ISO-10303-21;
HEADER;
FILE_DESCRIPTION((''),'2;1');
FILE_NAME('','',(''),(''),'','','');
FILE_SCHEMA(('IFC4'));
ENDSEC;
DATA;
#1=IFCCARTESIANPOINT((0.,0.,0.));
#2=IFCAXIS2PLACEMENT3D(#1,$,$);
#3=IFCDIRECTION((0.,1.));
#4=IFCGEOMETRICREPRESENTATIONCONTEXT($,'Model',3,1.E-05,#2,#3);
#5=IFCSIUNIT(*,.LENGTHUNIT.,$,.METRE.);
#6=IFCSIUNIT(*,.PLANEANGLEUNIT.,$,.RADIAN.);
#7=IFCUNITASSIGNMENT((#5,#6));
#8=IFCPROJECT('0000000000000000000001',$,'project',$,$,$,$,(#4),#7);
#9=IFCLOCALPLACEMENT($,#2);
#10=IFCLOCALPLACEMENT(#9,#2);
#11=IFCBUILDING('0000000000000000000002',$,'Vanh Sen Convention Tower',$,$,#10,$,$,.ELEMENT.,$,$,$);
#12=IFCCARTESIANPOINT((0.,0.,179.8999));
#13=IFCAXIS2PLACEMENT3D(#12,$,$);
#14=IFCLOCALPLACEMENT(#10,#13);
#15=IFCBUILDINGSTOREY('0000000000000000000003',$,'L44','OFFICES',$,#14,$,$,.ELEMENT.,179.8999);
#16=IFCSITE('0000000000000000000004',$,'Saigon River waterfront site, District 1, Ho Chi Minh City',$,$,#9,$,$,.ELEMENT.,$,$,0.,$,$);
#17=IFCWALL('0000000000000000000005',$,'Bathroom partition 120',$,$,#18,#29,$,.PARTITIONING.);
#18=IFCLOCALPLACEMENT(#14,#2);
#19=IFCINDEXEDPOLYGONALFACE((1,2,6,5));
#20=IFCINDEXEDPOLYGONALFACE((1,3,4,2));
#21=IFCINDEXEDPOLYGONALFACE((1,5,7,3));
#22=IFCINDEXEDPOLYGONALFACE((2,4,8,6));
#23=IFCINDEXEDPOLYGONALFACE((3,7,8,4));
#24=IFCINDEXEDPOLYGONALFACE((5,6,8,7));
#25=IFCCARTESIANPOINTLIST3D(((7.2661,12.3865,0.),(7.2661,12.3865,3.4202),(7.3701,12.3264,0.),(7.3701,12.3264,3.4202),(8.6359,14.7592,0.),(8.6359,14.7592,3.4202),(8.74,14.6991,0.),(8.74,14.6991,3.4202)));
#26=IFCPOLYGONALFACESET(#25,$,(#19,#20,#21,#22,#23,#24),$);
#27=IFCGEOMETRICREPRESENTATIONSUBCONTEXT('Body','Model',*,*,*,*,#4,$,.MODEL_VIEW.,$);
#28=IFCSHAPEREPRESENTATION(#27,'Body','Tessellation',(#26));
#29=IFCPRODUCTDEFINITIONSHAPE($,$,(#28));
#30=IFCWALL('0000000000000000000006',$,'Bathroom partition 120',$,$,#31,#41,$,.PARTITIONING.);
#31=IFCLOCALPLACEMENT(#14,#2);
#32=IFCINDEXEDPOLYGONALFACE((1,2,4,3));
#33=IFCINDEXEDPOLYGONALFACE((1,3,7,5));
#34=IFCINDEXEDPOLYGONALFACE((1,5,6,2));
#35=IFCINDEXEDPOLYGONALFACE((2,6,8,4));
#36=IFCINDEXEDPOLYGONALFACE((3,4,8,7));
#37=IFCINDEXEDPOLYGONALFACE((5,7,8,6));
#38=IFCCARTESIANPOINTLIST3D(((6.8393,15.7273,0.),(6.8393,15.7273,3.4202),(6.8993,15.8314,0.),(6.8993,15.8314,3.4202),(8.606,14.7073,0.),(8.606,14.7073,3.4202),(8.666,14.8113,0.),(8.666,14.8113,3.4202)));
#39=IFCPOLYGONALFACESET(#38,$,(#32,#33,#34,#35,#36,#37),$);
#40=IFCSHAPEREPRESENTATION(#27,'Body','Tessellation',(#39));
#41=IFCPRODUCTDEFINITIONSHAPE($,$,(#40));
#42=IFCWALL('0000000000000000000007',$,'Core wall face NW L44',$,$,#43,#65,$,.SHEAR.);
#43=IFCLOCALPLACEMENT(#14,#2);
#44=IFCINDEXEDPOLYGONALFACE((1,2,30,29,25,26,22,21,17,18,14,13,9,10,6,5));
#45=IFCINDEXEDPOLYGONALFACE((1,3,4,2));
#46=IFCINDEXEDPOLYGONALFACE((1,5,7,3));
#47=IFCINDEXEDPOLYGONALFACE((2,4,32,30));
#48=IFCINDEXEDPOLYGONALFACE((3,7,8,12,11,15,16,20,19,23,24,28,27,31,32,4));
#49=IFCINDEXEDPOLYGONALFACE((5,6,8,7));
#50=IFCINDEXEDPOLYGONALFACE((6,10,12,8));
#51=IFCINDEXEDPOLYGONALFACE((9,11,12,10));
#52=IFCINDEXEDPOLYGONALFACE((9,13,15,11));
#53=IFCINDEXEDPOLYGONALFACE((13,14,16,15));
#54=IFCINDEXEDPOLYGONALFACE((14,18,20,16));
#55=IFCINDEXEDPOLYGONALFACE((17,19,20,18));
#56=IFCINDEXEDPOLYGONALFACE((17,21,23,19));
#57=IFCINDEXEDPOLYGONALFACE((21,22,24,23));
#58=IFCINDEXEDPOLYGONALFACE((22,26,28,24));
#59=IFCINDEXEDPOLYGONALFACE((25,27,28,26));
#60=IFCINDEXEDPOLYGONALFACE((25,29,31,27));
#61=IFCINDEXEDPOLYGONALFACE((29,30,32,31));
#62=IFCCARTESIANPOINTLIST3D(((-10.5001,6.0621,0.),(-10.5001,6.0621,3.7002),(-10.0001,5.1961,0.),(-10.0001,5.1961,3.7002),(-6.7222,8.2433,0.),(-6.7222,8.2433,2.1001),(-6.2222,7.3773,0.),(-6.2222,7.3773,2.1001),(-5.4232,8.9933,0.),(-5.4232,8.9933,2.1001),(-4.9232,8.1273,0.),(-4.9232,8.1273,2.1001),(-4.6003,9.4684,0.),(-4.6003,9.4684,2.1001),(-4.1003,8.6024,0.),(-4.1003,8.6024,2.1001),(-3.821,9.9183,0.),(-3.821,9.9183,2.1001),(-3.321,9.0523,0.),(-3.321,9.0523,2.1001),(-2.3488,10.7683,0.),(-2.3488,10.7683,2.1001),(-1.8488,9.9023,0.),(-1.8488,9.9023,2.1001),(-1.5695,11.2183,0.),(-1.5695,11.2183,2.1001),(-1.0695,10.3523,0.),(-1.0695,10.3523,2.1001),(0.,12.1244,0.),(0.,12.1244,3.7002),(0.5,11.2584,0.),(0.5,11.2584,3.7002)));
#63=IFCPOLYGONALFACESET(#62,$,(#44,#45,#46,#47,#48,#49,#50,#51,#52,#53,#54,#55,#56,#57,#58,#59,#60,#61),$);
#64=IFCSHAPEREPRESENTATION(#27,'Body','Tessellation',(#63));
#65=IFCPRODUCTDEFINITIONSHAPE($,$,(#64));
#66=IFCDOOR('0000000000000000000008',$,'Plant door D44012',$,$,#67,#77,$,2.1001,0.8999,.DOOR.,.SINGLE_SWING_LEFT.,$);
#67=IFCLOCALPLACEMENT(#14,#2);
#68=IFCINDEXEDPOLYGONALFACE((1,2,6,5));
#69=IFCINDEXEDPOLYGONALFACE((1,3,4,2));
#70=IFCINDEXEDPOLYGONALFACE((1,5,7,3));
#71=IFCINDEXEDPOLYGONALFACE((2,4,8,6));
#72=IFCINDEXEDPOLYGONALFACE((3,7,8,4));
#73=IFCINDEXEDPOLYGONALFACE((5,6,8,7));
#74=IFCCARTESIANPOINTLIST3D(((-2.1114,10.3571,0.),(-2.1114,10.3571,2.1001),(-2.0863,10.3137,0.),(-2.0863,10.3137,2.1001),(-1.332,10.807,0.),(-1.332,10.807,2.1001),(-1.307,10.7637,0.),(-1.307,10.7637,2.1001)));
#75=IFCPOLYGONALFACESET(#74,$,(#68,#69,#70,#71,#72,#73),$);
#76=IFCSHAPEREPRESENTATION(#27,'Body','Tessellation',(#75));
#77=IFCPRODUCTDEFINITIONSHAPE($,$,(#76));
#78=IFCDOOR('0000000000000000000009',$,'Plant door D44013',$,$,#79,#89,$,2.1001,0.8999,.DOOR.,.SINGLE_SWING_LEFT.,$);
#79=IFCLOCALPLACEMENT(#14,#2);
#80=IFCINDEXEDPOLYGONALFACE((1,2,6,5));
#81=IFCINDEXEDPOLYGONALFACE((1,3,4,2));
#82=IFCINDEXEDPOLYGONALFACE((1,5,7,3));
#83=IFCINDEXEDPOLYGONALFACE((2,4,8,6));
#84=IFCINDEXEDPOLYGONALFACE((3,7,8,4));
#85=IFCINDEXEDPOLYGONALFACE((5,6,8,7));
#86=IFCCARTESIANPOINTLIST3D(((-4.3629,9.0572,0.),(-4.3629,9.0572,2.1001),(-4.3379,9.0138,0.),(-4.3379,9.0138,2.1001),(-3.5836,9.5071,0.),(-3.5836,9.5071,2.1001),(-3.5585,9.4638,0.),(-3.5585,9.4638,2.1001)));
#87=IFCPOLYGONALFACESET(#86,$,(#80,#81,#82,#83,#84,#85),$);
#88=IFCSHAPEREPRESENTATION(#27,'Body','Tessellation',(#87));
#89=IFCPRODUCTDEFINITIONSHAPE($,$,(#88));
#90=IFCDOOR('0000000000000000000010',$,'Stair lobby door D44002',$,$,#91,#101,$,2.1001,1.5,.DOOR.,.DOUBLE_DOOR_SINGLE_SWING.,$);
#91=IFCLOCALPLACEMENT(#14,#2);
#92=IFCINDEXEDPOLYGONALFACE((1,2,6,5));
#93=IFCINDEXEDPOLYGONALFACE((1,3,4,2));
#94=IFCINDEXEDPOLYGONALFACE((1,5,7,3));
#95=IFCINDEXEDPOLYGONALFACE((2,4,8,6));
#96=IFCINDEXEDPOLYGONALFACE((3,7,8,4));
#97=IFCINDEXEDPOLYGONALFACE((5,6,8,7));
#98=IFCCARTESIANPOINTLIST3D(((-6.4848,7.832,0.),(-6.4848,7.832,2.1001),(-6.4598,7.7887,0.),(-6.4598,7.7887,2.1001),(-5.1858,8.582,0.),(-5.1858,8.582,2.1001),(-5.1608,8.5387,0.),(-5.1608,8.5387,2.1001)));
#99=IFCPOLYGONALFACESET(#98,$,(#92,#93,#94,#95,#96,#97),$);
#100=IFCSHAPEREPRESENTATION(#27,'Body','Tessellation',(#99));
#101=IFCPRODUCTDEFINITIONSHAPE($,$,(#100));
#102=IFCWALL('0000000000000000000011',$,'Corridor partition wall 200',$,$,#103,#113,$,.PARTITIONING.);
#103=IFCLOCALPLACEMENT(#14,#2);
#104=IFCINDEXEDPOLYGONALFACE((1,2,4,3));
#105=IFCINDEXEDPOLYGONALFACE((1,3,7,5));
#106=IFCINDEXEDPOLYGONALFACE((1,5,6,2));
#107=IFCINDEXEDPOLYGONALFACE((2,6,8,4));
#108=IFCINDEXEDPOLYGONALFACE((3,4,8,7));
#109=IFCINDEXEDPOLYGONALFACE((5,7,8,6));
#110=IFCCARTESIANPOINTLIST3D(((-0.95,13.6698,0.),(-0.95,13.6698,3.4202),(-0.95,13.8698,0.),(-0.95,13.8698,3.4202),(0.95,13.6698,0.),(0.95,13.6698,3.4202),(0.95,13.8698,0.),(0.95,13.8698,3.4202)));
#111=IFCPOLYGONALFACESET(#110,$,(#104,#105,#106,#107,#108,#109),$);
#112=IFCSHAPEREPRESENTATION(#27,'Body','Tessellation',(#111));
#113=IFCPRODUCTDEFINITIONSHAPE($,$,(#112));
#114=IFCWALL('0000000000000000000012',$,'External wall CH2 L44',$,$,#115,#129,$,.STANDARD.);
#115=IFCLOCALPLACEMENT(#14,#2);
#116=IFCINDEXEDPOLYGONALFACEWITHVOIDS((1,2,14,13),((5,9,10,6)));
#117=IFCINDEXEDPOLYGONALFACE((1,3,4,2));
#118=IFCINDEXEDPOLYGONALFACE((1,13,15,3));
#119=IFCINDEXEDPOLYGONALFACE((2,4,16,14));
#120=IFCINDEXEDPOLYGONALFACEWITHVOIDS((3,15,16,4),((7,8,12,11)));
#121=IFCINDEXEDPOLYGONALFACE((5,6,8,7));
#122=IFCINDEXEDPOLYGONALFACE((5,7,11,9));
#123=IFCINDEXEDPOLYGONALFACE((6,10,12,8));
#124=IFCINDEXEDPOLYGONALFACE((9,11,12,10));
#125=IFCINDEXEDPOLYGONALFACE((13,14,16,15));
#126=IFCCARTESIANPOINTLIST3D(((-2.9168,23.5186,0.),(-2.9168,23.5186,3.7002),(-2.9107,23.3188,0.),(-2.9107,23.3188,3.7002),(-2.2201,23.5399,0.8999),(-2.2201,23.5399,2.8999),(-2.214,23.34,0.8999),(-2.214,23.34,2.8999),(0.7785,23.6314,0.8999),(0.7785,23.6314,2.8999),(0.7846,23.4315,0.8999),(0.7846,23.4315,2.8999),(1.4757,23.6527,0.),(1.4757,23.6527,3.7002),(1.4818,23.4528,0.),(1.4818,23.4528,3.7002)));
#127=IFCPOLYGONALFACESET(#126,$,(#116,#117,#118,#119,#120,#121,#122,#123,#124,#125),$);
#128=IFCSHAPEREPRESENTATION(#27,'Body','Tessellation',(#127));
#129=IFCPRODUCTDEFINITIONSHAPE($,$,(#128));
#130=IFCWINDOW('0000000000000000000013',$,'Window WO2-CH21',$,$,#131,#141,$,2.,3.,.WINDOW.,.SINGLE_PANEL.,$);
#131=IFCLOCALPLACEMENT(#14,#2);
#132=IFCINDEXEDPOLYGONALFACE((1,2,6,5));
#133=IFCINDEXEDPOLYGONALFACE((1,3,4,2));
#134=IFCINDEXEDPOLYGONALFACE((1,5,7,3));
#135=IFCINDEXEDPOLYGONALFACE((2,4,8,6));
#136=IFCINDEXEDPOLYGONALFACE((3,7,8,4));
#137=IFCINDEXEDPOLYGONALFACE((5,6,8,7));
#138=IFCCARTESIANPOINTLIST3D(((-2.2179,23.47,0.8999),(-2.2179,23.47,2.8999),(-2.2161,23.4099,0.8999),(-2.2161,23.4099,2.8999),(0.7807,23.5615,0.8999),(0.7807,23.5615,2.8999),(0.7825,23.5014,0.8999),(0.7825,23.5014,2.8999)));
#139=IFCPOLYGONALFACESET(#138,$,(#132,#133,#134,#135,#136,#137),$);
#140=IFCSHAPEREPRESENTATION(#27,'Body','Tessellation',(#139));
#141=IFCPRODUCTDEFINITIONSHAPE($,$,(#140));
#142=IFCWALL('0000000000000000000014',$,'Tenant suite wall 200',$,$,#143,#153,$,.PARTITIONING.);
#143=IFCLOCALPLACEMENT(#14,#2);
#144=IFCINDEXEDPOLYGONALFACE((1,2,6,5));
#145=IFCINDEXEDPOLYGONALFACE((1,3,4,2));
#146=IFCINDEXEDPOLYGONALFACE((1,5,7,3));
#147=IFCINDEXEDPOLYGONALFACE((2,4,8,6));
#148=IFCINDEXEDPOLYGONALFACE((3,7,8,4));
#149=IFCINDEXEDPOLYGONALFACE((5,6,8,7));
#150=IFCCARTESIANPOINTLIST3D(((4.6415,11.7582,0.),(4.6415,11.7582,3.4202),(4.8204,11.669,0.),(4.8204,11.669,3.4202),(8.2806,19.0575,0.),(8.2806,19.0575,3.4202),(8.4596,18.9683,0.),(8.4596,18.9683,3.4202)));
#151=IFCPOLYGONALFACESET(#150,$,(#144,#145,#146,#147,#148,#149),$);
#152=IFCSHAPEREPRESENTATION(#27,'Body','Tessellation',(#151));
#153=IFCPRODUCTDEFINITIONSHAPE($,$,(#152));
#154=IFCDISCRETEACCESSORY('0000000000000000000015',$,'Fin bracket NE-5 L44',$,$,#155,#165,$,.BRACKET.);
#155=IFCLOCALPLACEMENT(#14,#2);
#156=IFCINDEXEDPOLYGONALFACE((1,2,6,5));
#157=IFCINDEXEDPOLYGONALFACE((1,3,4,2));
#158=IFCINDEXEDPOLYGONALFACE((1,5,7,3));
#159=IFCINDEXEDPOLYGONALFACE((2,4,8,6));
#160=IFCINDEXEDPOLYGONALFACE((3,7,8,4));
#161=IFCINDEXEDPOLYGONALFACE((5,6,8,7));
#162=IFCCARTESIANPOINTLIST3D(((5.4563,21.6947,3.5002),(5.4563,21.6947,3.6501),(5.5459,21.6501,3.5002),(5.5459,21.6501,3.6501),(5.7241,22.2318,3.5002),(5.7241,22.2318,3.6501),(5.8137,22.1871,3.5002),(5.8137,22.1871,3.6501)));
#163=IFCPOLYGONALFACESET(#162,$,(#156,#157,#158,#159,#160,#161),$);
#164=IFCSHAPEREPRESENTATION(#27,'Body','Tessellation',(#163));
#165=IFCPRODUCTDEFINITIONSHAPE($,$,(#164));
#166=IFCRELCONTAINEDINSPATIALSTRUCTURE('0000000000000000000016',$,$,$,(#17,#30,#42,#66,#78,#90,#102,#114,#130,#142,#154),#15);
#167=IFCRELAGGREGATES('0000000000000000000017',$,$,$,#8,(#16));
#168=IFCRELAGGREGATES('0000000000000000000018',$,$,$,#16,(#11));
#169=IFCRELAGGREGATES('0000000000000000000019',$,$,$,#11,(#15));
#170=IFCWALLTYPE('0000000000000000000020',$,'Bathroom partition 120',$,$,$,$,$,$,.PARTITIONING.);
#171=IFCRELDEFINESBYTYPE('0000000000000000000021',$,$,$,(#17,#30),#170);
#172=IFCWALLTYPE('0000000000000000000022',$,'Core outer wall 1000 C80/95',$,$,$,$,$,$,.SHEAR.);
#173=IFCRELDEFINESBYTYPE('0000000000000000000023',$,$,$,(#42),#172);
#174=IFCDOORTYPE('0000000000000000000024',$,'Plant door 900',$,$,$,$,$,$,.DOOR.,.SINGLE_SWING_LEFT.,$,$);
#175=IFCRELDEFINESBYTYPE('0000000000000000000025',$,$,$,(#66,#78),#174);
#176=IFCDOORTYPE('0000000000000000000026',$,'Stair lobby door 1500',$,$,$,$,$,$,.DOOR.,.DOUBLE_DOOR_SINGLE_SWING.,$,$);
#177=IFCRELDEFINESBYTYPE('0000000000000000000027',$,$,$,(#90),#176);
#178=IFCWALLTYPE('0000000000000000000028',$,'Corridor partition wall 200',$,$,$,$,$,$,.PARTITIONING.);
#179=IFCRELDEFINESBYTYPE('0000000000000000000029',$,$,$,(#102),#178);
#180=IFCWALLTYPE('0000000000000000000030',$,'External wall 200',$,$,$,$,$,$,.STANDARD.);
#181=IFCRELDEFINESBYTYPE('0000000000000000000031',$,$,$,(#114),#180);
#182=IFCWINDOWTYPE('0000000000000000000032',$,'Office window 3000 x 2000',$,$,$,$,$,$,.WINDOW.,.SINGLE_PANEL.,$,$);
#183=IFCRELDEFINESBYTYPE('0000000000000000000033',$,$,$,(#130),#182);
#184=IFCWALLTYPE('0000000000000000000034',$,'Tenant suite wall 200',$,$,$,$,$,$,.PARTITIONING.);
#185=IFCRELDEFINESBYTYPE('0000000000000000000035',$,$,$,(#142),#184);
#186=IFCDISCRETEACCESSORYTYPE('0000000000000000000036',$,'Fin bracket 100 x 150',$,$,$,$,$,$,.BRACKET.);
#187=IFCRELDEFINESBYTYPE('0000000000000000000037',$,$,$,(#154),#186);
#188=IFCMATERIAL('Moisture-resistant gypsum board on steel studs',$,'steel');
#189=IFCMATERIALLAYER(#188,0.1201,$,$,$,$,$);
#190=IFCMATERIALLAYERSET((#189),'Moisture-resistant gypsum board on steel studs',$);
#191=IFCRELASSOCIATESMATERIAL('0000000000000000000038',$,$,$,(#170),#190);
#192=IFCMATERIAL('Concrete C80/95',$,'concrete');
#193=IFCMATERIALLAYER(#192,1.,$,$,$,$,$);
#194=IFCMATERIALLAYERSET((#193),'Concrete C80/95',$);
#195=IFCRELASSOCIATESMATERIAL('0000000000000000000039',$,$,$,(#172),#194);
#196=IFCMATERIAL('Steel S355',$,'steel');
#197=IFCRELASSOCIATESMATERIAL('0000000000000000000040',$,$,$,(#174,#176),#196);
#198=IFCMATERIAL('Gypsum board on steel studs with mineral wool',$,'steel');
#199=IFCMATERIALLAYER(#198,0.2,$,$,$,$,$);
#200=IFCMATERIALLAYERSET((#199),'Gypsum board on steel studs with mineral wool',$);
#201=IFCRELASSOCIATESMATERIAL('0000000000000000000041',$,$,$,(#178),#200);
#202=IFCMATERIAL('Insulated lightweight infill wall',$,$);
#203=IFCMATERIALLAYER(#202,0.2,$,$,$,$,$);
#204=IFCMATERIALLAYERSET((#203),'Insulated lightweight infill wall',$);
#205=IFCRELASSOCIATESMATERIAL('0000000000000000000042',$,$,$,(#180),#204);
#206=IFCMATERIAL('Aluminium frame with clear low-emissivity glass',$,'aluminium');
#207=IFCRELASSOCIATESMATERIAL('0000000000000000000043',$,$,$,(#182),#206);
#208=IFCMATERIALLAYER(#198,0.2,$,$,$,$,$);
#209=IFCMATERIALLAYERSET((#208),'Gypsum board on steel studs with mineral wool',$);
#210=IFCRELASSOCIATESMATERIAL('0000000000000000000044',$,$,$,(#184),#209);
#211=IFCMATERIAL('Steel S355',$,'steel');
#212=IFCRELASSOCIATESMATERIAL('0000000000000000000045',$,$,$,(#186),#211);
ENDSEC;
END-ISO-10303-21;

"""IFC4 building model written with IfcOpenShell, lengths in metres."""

from ifc_helpers import new_model, si_unit, direction, frame, frame_2d, origin, origin_2d, place, context, subcontext, project, spatial, rectangle, extrude, material, layer, layer_set, type_object, element, fill, save


model = new_model("IFC4")

# Units and contexts
model_context = context("Model", 3, precision=1e-05, world=origin(), true_north=direction((0.0, 1.0)))
body_context = subcontext(model_context, "Body", "Model", "MODEL_VIEW")
ifc_project = project(units=[si_unit("LENGTHUNIT", "METRE"), si_unit("PLANEANGLEUNIT", "RADIAN")], contexts=[model_context])

# Site, building, storey
site_placement = place(None, origin())
site = spatial("IfcSite", under=ifc_project, at=site_placement, Name="Saigon River waterfront site, District 1, Ho Chi Minh City", CompositionType="ELEMENT", RefElevation=0.0)
building_placement = place(site_placement, origin())
building = spatial("IfcBuilding", under=site, at=building_placement, Name="Vanh Sen Convention Tower", CompositionType="ELEMENT")
storey_placement = place(building_placement, frame((0.0, 0.0, 179.8999)))
storey = spatial("IfcBuildingStorey", under=building, at=storey_placement, Name="L44", Description="OFFICES", CompositionType="ELEMENT", Elevation=179.8999)

# Shared definitions
ifc_material_1 = material(Name="Concrete C80/95", Category="concrete")

# Walls
ifc_material_2 = material(Name="Moisture-resistant gypsum board on steel studs", Category="steel")
ifc_layer_1 = layer(ifc_material_2, 0.1201)
ifc_layer_set_1 = layer_set([ifc_layer_1], Name="Moisture-resistant gypsum board on steel studs")
wall_type_1 = type_object("IfcWallType", Name="Bathroom partition 120", PredefinedType="PARTITIONING", material=ifc_layer_set_1)
wall_1_placement = place(storey_placement, frame((7.3181, 12.3564, 0.0), z_axis=(0.0, 0.0, 1.0), x_axis=(0.499982, 0.866036, 0.0)))
element("IfcWall", 1, at=wall_1_placement, inside=storey, type_object=wall_type_1, Name="Bathroom partition 120", PredefinedType="PARTITIONING", context=body_context, shape_type="SweptSolid", body=[
    extrude(rectangle(XDim=2.7397, YDim=0.1201, at=frame_2d((1.3699, 0.0))), origin(), (0.0, 0.0, 1.0), 3.4202),
])
wall_2_placement = place(storey_placement, frame((8.636, 14.7593, 0.0), z_axis=(0.0, 0.0, 1.0), x_axis=(-0.86601, 0.500026, 0.0)))
element("IfcWall", 2, at=wall_2_placement, inside=storey, type_object=wall_type_1, Name="Bathroom partition 120", PredefinedType="PARTITIONING", context=body_context, shape_type="SweptSolid", body=[
    extrude(rectangle(XDim=2.04, YDim=0.1201, at=frame_2d((1.02, 0.0))), origin(), (0.0, 0.0, 1.0), 3.4202),
])

# Wall, openings, doors
ifc_layer_2 = layer(ifc_material_1, 1.0)
ifc_layer_set_2 = layer_set([ifc_layer_2], Name="Concrete C80/95")
wall_type_2 = type_object("IfcWallType", Name="Core outer wall 1000 C80/95", PredefinedType="SHEAR", material=ifc_layer_set_2)
wall_3_placement = place(storey_placement, frame((0.25, 11.6914, 0.0), z_axis=(0.0, 0.0, 1.0), x_axis=(-0.866023, -0.500005, 0.0)))
wall_3 = element("IfcWall", 3, at=wall_3_placement, inside=storey, type_object=wall_type_2, Name="Core wall face NW L44", PredefinedType="SHEAR", context=body_context, shape_type="SweptSolid", body=[
    extrude(rectangle(XDim=12.1245, YDim=1.0, at=frame_2d((6.0623, 0.0))), origin(), (0.0, 0.0, 1.0), 3.7002),
])
opening_1_placement = place(wall_3_placement, frame((6.2622, 0.0, 0.0)))
opening_1 = element("IfcOpeningElement", 4, at=opening_1_placement, cuts=wall_3, PredefinedType="OPENING", context=body_context, shape_type="SweptSolid", body=[
    extrude(rectangle(XDim=1.5, YDim=2.1001, at=frame_2d((0.75, 1.05))), frame((0.0, 0.51, 0.0), z_axis=(0.0, -1.0, 0.0), x_axis=(1.0, 0.0, 0.0)), (0.0, 0.0, 1.0), 1.02),
])
opening_2_placement = place(wall_3_placement, frame((1.8123, 0.0, 0.0)))
opening_2 = element("IfcOpeningElement", 5, at=opening_2_placement, cuts=wall_3, PredefinedType="OPENING", context=body_context, shape_type="SweptSolid", body=[
    extrude(rectangle(XDim=0.8999, YDim=2.1001, at=frame_2d((0.45, 1.05))), frame((0.0, 0.51, 0.0), z_axis=(0.0, -1.0, 0.0), x_axis=(1.0, 0.0, 0.0)), (0.0, 0.0, 1.0), 1.02),
])
opening_3_placement = place(wall_3_placement, frame((4.4121, 0.0, 0.0)))
opening_3 = element("IfcOpeningElement", 6, at=opening_3_placement, cuts=wall_3, PredefinedType="OPENING", context=body_context, shape_type="SweptSolid", body=[
    extrude(rectangle(XDim=0.8999, YDim=2.1001, at=frame_2d((0.45, 1.05))), frame((0.0, 0.51, 0.0), z_axis=(0.0, -1.0, 0.0), x_axis=(1.0, 0.0, 0.0)), (0.0, 0.0, 1.0), 1.02),
])
ifc_material_3 = material(Name="Steel S355", Category="steel")
door_type_1 = type_object("IfcDoorType", Name="Plant door 900", OperationType="SINGLE_SWING_LEFT", PredefinedType="DOOR", material=ifc_material_3)
door_1_placement = place(opening_2_placement, origin())
door_1 = element("IfcDoor", 7, at=door_1_placement, inside=storey, type_object=door_type_1, Name="Plant door D44012", OperationType="SINGLE_SWING_LEFT", OverallHeight=2.1001, OverallWidth=0.8999, PredefinedType="DOOR", context=body_context, shape_type="SweptSolid", body=[
    extrude(rectangle(XDim=0.8999, YDim=2.1001, at=frame_2d((0.45, 1.05))), frame((0.0, 0.0249, 0.0), z_axis=(0.0, -1.0, 0.0), x_axis=(1.0, 0.0, 0.0)), (0.0, 0.0, 1.0), 0.05),
])
fill(opening_2, door_1)
door_2_placement = place(opening_3_placement, origin())
door_2 = element("IfcDoor", 8, at=door_2_placement, inside=storey, type_object=door_type_1, Name="Plant door D44013", OperationType="SINGLE_SWING_LEFT", OverallHeight=2.1001, OverallWidth=0.8999, PredefinedType="DOOR", context=body_context, shape_type="SweptSolid", body=[
    extrude(rectangle(XDim=0.8999, YDim=2.1001, at=frame_2d((0.45, 1.05))), frame((0.0, 0.0249, 0.0), z_axis=(0.0, -1.0, 0.0), x_axis=(1.0, 0.0, 0.0)), (0.0, 0.0, 1.0), 0.05),
])
fill(opening_3, door_2)
door_type_2 = type_object("IfcDoorType", Name="Stair lobby door 1500", OperationType="DOUBLE_DOOR_SINGLE_SWING", PredefinedType="DOOR", material=ifc_material_3)
door_3_placement = place(opening_1_placement, origin())
door_3 = element("IfcDoor", 9, at=door_3_placement, inside=storey, type_object=door_type_2, Name="Stair lobby door D44002", OperationType="DOUBLE_DOOR_SINGLE_SWING", OverallHeight=2.1001, OverallWidth=1.5, PredefinedType="DOOR", context=body_context, shape_type="SweptSolid", body=[
    extrude(rectangle(XDim=1.5, YDim=2.1001, at=frame_2d((0.75, 1.05))), frame((0.0, 0.0249, 0.0), z_axis=(0.0, -1.0, 0.0), x_axis=(1.0, 0.0, 0.0)), (0.0, 0.0, 1.0), 0.05),
])
fill(opening_1, door_3)

# Wall
ifc_material_4 = material(Name="Gypsum board on steel studs with mineral wool", Category="steel")
ifc_layer_3 = layer(ifc_material_4, 0.2)
ifc_layer_set_3 = layer_set([ifc_layer_3], Name="Gypsum board on steel studs with mineral wool")
wall_type_3 = type_object("IfcWallType", Name="Corridor partition wall 200", PredefinedType="PARTITIONING", material=ifc_layer_set_3)
wall_4_placement = place(storey_placement, frame((0.95, 13.7698, 0.0), z_axis=(0.0, 0.0, 1.0), x_axis=(-1.0, 0.0, 0.0)))
element("IfcWall", 10, at=wall_4_placement, inside=storey, type_object=wall_type_3, Name="Corridor partition wall 200", PredefinedType="PARTITIONING", context=body_context, shape_type="SweptSolid", body=[
    extrude(rectangle(XDim=1.8999, YDim=0.2, at=frame_2d((0.95, 0.0))), origin(), (0.0, 0.0, 1.0), 3.4202),
])

# Wall, opening, window
ifc_material_5 = material(Name="Insulated lightweight infill wall")
ifc_layer_4 = layer(ifc_material_5, 0.2)
ifc_layer_set_4 = layer_set([ifc_layer_4], Name="Insulated lightweight infill wall")
wall_type_4 = type_object("IfcWallType", Name="External wall 200", PredefinedType="STANDARD", material=ifc_layer_set_4)
wall_5_placement = place(storey_placement, frame((1.4788, 23.5527, 0.0), z_axis=(0.0, 0.0, 1.0), x_axis=(-0.999535, -0.030499, 0.0)))
wall_5 = element("IfcWall", 11, at=wall_5_placement, inside=storey, type_object=wall_type_4, Name="External wall CH2 L44", PredefinedType="STANDARD", context=body_context, shape_type="SweptSolid", body=[
    extrude(rectangle(XDim=4.3945, YDim=0.2, at=frame_2d((2.1973, 0.0))), origin(), (0.0, 0.0, 1.0), 3.7002),
])
opening_4_placement = place(wall_5_placement, frame((0.6975, 0.0, 0.8999)))
opening_4 = element("IfcOpeningElement", 12, at=opening_4_placement, cuts=wall_5, PredefinedType="OPENING", context=body_context, shape_type="SweptSolid", body=[
    extrude(rectangle(XDim=3.0, YDim=2.0, at=frame_2d((1.5, 1.0))), frame((0.0, 0.1099, 0.0), z_axis=(0.0, -1.0, 0.0), x_axis=(1.0, 0.0, 0.0)), (0.0, 0.0, 1.0), 0.22),
])
ifc_material_6 = material(Name="Aluminium frame with clear low-emissivity glass", Category="aluminium")
window_type = type_object("IfcWindowType", Name="Office window 3000 x 2000", PartitioningType="SINGLE_PANEL", PredefinedType="WINDOW", material=ifc_material_6)
window_placement = place(opening_4_placement, origin())
window = element("IfcWindow", 13, at=window_placement, inside=storey, type_object=window_type, Name="Window WO2-CH21", OverallHeight=2.0, OverallWidth=3.0, PartitioningType="SINGLE_PANEL", PredefinedType="WINDOW", context=body_context, shape_type="SweptSolid", body=[
    extrude(rectangle(XDim=3.0, YDim=2.0, at=frame_2d((1.5, 1.0))), frame((0.0, 0.03, 0.0), z_axis=(0.0, -1.0, 0.0), x_axis=(1.0, 0.0, 0.0)), (0.0, 0.0, 1.0), 0.0601),
])
fill(opening_4, window)

# Wall
ifc_layer_5 = layer(ifc_material_4, 0.2)
ifc_layer_set_5 = layer_set([ifc_layer_5], Name="Gypsum board on steel studs with mineral wool")
wall_type_5 = type_object("IfcWallType", Name="Tenant suite wall 200", PredefinedType="PARTITIONING", material=ifc_layer_set_5)
wall_6_placement = place(storey_placement, frame((8.3701, 19.0129, 0.0), z_axis=(0.0, 0.0, 1.0), x_axis=(-0.446184, -0.894941, 0.0)))
element("IfcWall", 14, at=wall_6_placement, inside=storey, type_object=wall_type_5, Name="Tenant suite wall 200", PredefinedType="PARTITIONING", context=body_context, shape_type="SweptSolid", body=[
    extrude(rectangle(XDim=8.1562, YDim=0.2, at=frame_2d((4.0781, 0.0))), origin(), (0.0, 0.0, 1.0), 3.4202),
])

# Discrete accessory
ifc_material_7 = material(Name="Steel S355", Category="steel")
discrete_accessory_type = type_object("IfcDiscreteAccessoryType", Name="Fin bracket 100 x 150", PredefinedType="BRACKET", material=ifc_material_7)
discrete_accessory_placement = place(storey_placement, frame((5.635, 21.9409, 3.5002), z_axis=(0.0, 0.0, 1.0), x_axis=(0.446198, 0.894934, 0.0)))
element("IfcDiscreteAccessory", 15, at=discrete_accessory_placement, inside=storey, type_object=discrete_accessory_type, Name="Fin bracket NE-5 L44", PredefinedType="BRACKET", context=body_context, shape_type="SweptSolid", body=[
    extrude(rectangle(XDim=0.6001, YDim=0.1001, at=origin_2d()), origin(), (0.0, 0.0, 1.0), 0.1499),
])

save(model, "model.ifc")
